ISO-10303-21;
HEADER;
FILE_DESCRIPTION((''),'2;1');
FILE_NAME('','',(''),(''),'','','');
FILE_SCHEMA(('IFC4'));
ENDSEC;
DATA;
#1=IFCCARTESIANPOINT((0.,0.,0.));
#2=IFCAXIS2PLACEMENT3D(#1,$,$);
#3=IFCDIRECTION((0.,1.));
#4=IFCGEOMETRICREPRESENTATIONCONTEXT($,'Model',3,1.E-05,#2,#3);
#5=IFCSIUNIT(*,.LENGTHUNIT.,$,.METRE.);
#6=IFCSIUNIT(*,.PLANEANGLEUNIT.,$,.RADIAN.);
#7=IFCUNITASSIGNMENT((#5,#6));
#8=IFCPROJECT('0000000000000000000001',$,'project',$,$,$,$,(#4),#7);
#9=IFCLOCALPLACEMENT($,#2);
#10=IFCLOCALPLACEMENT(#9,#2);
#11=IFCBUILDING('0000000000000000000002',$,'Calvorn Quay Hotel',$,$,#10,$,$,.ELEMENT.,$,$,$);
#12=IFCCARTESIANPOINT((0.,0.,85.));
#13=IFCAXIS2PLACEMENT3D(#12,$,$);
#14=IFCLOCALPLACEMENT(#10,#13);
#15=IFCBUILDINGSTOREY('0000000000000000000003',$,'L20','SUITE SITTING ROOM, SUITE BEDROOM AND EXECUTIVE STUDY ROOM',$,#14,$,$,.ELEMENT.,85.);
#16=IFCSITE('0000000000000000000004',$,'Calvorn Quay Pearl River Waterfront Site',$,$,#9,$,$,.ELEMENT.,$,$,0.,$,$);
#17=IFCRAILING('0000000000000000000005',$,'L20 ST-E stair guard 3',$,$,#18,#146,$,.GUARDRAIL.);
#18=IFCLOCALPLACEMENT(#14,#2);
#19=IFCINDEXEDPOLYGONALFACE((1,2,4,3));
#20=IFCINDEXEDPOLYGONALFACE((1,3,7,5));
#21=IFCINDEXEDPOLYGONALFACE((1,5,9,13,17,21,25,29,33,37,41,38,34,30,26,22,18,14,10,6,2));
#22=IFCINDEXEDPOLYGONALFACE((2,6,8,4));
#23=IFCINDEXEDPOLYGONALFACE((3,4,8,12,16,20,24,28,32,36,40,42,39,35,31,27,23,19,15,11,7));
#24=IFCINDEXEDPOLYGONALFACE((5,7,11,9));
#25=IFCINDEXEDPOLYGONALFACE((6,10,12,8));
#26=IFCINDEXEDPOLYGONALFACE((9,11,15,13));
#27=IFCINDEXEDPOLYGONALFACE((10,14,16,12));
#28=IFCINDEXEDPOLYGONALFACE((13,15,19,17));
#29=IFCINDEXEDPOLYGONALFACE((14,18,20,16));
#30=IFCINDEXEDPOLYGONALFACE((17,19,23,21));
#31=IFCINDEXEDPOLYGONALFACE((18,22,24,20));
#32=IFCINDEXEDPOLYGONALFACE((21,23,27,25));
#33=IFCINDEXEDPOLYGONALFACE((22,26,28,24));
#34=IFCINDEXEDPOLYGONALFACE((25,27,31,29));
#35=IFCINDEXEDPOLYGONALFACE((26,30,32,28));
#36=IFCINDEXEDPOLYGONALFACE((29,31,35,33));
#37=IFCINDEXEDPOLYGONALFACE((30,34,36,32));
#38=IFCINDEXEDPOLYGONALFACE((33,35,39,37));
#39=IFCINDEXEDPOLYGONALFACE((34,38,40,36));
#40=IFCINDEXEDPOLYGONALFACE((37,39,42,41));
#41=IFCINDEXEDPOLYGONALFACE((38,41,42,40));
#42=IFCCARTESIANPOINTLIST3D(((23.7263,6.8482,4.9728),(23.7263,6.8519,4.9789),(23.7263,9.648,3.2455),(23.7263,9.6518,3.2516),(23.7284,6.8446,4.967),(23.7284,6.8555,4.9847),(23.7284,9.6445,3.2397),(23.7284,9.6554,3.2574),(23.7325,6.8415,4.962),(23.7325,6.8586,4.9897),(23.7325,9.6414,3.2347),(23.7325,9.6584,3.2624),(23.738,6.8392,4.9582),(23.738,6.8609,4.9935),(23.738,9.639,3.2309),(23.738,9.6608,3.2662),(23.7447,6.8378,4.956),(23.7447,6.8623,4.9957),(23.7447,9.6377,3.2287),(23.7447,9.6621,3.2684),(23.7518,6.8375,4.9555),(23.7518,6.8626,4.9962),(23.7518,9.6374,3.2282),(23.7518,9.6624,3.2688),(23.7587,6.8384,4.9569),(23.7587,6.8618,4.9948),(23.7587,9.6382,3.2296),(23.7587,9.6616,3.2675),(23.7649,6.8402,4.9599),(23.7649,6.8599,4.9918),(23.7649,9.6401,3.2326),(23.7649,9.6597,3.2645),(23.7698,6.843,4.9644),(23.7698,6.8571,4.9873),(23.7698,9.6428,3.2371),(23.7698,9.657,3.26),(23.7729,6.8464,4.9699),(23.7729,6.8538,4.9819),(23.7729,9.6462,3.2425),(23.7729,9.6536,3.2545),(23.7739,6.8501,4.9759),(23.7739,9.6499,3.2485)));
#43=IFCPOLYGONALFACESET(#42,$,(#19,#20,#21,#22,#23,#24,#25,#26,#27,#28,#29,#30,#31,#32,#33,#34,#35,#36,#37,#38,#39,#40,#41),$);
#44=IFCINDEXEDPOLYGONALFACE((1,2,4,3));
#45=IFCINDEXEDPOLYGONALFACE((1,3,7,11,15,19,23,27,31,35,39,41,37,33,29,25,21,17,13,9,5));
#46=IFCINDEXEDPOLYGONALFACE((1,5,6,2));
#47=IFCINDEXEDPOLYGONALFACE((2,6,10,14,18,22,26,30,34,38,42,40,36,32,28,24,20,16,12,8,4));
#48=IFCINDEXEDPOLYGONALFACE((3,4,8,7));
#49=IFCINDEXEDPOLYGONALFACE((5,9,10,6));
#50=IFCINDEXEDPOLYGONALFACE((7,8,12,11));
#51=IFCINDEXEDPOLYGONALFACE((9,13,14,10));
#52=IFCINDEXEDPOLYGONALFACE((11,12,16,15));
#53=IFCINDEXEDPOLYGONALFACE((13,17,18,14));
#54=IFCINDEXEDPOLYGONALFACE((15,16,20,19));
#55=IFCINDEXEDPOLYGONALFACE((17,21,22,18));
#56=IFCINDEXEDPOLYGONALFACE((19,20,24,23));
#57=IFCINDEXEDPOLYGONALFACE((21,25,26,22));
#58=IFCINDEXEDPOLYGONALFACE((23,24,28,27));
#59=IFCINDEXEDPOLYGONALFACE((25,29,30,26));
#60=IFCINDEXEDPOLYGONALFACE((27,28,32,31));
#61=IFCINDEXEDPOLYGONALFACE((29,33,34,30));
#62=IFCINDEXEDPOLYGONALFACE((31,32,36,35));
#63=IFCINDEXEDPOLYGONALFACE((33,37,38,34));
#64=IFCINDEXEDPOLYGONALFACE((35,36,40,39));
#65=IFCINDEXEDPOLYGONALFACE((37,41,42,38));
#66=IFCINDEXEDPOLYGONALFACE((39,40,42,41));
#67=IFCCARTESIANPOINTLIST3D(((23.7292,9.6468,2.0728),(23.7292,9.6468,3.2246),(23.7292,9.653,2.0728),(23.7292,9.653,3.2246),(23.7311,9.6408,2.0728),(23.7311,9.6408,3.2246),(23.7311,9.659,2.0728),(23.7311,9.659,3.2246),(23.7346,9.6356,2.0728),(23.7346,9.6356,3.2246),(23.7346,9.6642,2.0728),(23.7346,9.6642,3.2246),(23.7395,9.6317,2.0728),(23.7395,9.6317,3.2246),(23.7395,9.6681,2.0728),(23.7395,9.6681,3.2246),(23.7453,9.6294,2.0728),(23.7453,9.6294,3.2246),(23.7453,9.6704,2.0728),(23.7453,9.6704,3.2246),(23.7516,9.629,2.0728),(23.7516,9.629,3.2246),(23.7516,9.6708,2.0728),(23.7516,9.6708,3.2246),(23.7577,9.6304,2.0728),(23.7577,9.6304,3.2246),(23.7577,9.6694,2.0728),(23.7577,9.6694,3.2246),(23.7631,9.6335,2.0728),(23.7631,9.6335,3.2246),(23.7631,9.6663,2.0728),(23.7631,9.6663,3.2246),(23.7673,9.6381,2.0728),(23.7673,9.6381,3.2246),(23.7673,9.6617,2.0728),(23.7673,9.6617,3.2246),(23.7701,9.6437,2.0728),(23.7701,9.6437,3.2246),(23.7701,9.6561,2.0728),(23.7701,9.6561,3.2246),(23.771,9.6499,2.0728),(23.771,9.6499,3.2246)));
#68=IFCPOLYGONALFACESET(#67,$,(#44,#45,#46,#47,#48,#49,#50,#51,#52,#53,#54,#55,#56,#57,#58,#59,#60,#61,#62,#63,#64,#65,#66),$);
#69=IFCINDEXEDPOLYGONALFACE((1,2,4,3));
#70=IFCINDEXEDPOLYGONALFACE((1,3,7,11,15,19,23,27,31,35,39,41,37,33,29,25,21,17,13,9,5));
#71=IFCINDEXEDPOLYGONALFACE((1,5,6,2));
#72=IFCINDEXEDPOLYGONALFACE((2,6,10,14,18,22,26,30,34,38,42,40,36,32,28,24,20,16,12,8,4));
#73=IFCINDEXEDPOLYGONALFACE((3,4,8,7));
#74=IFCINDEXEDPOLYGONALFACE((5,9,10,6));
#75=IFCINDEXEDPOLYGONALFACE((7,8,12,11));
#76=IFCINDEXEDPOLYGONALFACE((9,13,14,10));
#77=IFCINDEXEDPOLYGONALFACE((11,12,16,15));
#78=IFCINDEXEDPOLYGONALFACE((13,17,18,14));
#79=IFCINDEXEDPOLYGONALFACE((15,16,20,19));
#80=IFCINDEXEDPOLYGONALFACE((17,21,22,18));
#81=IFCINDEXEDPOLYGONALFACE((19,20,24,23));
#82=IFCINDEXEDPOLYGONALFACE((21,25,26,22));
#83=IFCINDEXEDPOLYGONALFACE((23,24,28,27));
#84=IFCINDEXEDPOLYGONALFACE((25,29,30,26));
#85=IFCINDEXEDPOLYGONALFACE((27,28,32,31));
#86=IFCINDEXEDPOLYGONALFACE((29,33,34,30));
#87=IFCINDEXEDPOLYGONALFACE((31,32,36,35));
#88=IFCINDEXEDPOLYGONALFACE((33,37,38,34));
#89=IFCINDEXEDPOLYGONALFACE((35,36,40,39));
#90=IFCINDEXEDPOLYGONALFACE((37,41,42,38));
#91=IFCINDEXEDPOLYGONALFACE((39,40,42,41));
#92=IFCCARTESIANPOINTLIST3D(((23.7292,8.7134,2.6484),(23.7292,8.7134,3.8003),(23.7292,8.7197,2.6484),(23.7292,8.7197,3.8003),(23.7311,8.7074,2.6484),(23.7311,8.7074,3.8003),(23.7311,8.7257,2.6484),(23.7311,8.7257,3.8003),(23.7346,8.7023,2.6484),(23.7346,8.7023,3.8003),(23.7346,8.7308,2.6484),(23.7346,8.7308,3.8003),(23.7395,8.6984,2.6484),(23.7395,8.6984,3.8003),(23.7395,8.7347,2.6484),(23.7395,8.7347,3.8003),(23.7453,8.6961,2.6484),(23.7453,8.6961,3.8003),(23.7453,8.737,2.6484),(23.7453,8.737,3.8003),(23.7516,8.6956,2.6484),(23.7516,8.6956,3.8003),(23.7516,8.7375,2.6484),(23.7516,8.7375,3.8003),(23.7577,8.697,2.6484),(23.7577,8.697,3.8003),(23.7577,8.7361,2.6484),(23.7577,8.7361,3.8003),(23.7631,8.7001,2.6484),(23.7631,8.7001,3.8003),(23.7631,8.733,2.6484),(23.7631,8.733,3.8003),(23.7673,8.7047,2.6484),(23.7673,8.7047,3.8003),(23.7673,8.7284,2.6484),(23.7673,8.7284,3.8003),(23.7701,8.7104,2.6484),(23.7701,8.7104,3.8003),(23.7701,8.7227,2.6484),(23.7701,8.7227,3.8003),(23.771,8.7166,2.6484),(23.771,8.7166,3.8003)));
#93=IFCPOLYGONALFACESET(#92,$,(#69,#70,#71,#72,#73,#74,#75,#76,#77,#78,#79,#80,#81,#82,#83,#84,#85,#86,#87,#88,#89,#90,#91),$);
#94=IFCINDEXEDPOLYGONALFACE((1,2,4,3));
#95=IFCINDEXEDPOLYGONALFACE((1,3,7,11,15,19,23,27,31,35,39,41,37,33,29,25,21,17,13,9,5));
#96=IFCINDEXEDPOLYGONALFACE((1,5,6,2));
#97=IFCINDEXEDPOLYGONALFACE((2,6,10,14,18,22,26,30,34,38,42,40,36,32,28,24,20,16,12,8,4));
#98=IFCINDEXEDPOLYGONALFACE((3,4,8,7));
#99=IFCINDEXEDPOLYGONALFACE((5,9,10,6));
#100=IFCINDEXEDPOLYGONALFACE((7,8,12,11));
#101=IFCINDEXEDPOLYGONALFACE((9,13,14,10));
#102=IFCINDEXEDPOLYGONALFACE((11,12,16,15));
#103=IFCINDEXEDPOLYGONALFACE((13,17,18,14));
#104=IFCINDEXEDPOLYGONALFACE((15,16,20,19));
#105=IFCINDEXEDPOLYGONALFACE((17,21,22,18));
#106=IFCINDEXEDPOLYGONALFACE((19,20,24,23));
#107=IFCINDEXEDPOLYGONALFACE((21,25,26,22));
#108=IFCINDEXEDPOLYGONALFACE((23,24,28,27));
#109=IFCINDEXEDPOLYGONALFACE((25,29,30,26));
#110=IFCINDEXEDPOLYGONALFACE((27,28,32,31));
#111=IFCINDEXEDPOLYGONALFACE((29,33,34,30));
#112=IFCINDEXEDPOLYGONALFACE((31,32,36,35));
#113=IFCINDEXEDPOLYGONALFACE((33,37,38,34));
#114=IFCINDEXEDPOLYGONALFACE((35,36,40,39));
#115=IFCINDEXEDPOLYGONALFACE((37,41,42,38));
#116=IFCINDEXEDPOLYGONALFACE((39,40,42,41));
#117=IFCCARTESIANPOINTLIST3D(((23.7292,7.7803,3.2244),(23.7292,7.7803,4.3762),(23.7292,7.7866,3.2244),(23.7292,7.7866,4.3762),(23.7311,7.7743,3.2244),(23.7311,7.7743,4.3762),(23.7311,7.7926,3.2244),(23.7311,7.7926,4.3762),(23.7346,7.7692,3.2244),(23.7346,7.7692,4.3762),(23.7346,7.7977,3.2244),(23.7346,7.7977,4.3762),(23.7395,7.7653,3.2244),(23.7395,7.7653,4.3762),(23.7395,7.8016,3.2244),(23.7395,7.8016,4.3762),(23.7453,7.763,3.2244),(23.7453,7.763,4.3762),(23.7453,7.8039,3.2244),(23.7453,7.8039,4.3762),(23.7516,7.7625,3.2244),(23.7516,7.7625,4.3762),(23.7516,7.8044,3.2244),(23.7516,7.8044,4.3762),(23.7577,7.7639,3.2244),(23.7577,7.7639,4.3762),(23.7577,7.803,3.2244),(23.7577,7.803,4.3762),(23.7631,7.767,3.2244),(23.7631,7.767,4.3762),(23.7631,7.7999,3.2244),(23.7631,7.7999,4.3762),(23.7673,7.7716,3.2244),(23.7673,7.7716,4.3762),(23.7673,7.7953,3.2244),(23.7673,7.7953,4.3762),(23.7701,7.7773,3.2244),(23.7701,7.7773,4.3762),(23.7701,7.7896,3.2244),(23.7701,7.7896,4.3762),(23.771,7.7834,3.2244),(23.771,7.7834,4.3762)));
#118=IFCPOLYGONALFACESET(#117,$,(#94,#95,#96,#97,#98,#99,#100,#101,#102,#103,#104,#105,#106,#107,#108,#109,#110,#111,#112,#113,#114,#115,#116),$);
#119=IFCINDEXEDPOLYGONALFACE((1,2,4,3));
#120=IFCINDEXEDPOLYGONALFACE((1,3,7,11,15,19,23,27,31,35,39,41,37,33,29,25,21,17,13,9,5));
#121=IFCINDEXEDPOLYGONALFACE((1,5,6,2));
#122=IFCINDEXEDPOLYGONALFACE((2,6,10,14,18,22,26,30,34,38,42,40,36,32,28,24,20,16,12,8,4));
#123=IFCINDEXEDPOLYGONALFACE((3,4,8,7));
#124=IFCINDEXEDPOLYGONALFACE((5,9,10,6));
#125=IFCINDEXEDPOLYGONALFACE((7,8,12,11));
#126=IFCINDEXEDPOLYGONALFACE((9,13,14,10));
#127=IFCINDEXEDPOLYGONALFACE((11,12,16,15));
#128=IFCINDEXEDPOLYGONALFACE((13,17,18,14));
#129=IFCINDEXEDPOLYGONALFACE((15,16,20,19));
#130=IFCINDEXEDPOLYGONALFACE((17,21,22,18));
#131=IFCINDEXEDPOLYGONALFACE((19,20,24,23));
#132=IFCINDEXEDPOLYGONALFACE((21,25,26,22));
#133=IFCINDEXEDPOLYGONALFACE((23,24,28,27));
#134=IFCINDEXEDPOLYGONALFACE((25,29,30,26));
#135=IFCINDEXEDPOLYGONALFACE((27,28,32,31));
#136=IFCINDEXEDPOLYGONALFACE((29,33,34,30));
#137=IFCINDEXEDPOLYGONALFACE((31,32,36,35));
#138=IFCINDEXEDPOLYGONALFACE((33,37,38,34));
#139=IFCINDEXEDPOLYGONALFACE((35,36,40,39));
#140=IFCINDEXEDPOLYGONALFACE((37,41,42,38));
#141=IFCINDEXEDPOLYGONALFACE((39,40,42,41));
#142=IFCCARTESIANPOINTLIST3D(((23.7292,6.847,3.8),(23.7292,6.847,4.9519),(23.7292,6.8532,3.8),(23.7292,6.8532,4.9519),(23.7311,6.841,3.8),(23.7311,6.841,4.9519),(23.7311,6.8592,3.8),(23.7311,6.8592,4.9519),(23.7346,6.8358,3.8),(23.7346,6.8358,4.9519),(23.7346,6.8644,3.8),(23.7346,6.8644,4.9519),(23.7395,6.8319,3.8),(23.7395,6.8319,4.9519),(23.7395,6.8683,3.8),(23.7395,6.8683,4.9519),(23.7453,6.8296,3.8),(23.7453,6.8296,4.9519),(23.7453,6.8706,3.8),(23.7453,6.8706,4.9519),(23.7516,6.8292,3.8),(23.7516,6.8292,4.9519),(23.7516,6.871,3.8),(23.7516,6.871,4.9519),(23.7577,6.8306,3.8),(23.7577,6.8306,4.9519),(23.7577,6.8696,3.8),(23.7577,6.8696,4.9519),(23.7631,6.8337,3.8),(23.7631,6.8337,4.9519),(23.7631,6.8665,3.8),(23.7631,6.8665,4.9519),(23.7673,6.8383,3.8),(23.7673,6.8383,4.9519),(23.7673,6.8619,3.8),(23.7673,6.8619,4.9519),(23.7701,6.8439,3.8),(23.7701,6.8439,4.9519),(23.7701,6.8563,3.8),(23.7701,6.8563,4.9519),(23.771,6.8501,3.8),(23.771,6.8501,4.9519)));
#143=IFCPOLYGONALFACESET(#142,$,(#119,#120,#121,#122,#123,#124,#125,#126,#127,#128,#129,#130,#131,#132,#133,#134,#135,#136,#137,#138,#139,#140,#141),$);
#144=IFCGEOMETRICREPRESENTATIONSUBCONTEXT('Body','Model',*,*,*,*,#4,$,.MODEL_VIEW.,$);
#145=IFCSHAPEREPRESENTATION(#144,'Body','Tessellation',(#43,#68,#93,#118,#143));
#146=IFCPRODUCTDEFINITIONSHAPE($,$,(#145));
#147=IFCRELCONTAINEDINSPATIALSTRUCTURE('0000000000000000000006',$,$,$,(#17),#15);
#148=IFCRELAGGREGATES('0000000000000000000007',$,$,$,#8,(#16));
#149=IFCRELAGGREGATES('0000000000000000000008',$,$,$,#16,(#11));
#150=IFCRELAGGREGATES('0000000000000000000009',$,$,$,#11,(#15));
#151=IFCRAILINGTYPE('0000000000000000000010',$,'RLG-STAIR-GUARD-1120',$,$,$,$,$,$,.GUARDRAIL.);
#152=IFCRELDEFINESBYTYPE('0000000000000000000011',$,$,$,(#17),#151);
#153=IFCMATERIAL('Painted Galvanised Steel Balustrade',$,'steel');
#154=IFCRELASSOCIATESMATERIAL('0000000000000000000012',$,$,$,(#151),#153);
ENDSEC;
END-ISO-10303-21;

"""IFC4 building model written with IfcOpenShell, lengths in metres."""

from ifc_helpers import new_model, si_unit, direction, frame, origin, origin_2d, place, context, subcontext, project, spatial, circle, extrude, material, type_object, element, save


model = new_model("IFC4")

# Units and contexts
model_context = context("Model", 3, precision=1e-05, world=origin(), true_north=direction((0.0, 1.0)))
body_context = subcontext(model_context, "Body", "Model", "MODEL_VIEW")
ifc_project = project(units=[si_unit("LENGTHUNIT", "METRE"), si_unit("PLANEANGLEUNIT", "RADIAN")], contexts=[model_context])

# Site, building, storey
site_placement = place(None, origin())
site = spatial("IfcSite", under=ifc_project, at=site_placement, Name="Calvorn Quay Pearl River Waterfront Site", CompositionType="ELEMENT", RefElevation=0.0)
building_placement = place(site_placement, origin())
building = spatial("IfcBuilding", under=site, at=building_placement, Name="Calvorn Quay Hotel", CompositionType="ELEMENT")
storey_placement = place(building_placement, frame((0.0, 0.0, 85.0)))
storey = spatial("IfcBuildingStorey", under=building, at=storey_placement, Name="L20", Description="SUITE SITTING ROOM, SUITE BEDROOM AND EXECUTIVE STUDY ROOM", CompositionType="ELEMENT", Elevation=85.0)

# Railing
ifc_material_1 = material(Name="Painted Galvanised Steel Balustrade", Category="steel")
railing_type_1 = type_object("IfcRailingType", Name="RLG-STAIR-GUARD-1120", PredefinedType="GUARDRAIL", material=ifc_material_1)
railing_1_placement = place(storey_placement, frame((23.75, 9.6499, 2.0728)))
element("IfcRailing", 1, at=railing_1_placement, inside=storey, type_object=railing_type_1, Name="L20 ST-E stair guard 3", PredefinedType="GUARDRAIL", context=body_context, shape_type="SweptSolid", body=[
    extrude(circle(Radius=0.0239, at=origin_2d()), frame((0.0, 0.0, 1.1758), z_axis=(0.0, -0.851069, 0.525054), x_axis=(1.0, 0.0, 0.0)), (0.0, 0.0, 1.0), 3.2898),
    extrude(circle(Radius=0.021, at=origin_2d()), origin(), (0.0, 0.0, 1.0), 1.1519),
    extrude(circle(Radius=0.021, at=origin_2d()), frame((0.0, -0.9333, 0.5757)), (0.0, 0.0, 1.0), 1.1519),
    extrude(circle(Radius=0.021, at=origin_2d()), frame((0.0, -1.8665, 1.1516)), (0.0, 0.0, 1.0), 1.1519),
    extrude(circle(Radius=0.021, at=origin_2d()), frame((0.0, -2.7998, 1.7273)), (0.0, 0.0, 1.0), 1.1519),
])

save(model, "model.ifc")
